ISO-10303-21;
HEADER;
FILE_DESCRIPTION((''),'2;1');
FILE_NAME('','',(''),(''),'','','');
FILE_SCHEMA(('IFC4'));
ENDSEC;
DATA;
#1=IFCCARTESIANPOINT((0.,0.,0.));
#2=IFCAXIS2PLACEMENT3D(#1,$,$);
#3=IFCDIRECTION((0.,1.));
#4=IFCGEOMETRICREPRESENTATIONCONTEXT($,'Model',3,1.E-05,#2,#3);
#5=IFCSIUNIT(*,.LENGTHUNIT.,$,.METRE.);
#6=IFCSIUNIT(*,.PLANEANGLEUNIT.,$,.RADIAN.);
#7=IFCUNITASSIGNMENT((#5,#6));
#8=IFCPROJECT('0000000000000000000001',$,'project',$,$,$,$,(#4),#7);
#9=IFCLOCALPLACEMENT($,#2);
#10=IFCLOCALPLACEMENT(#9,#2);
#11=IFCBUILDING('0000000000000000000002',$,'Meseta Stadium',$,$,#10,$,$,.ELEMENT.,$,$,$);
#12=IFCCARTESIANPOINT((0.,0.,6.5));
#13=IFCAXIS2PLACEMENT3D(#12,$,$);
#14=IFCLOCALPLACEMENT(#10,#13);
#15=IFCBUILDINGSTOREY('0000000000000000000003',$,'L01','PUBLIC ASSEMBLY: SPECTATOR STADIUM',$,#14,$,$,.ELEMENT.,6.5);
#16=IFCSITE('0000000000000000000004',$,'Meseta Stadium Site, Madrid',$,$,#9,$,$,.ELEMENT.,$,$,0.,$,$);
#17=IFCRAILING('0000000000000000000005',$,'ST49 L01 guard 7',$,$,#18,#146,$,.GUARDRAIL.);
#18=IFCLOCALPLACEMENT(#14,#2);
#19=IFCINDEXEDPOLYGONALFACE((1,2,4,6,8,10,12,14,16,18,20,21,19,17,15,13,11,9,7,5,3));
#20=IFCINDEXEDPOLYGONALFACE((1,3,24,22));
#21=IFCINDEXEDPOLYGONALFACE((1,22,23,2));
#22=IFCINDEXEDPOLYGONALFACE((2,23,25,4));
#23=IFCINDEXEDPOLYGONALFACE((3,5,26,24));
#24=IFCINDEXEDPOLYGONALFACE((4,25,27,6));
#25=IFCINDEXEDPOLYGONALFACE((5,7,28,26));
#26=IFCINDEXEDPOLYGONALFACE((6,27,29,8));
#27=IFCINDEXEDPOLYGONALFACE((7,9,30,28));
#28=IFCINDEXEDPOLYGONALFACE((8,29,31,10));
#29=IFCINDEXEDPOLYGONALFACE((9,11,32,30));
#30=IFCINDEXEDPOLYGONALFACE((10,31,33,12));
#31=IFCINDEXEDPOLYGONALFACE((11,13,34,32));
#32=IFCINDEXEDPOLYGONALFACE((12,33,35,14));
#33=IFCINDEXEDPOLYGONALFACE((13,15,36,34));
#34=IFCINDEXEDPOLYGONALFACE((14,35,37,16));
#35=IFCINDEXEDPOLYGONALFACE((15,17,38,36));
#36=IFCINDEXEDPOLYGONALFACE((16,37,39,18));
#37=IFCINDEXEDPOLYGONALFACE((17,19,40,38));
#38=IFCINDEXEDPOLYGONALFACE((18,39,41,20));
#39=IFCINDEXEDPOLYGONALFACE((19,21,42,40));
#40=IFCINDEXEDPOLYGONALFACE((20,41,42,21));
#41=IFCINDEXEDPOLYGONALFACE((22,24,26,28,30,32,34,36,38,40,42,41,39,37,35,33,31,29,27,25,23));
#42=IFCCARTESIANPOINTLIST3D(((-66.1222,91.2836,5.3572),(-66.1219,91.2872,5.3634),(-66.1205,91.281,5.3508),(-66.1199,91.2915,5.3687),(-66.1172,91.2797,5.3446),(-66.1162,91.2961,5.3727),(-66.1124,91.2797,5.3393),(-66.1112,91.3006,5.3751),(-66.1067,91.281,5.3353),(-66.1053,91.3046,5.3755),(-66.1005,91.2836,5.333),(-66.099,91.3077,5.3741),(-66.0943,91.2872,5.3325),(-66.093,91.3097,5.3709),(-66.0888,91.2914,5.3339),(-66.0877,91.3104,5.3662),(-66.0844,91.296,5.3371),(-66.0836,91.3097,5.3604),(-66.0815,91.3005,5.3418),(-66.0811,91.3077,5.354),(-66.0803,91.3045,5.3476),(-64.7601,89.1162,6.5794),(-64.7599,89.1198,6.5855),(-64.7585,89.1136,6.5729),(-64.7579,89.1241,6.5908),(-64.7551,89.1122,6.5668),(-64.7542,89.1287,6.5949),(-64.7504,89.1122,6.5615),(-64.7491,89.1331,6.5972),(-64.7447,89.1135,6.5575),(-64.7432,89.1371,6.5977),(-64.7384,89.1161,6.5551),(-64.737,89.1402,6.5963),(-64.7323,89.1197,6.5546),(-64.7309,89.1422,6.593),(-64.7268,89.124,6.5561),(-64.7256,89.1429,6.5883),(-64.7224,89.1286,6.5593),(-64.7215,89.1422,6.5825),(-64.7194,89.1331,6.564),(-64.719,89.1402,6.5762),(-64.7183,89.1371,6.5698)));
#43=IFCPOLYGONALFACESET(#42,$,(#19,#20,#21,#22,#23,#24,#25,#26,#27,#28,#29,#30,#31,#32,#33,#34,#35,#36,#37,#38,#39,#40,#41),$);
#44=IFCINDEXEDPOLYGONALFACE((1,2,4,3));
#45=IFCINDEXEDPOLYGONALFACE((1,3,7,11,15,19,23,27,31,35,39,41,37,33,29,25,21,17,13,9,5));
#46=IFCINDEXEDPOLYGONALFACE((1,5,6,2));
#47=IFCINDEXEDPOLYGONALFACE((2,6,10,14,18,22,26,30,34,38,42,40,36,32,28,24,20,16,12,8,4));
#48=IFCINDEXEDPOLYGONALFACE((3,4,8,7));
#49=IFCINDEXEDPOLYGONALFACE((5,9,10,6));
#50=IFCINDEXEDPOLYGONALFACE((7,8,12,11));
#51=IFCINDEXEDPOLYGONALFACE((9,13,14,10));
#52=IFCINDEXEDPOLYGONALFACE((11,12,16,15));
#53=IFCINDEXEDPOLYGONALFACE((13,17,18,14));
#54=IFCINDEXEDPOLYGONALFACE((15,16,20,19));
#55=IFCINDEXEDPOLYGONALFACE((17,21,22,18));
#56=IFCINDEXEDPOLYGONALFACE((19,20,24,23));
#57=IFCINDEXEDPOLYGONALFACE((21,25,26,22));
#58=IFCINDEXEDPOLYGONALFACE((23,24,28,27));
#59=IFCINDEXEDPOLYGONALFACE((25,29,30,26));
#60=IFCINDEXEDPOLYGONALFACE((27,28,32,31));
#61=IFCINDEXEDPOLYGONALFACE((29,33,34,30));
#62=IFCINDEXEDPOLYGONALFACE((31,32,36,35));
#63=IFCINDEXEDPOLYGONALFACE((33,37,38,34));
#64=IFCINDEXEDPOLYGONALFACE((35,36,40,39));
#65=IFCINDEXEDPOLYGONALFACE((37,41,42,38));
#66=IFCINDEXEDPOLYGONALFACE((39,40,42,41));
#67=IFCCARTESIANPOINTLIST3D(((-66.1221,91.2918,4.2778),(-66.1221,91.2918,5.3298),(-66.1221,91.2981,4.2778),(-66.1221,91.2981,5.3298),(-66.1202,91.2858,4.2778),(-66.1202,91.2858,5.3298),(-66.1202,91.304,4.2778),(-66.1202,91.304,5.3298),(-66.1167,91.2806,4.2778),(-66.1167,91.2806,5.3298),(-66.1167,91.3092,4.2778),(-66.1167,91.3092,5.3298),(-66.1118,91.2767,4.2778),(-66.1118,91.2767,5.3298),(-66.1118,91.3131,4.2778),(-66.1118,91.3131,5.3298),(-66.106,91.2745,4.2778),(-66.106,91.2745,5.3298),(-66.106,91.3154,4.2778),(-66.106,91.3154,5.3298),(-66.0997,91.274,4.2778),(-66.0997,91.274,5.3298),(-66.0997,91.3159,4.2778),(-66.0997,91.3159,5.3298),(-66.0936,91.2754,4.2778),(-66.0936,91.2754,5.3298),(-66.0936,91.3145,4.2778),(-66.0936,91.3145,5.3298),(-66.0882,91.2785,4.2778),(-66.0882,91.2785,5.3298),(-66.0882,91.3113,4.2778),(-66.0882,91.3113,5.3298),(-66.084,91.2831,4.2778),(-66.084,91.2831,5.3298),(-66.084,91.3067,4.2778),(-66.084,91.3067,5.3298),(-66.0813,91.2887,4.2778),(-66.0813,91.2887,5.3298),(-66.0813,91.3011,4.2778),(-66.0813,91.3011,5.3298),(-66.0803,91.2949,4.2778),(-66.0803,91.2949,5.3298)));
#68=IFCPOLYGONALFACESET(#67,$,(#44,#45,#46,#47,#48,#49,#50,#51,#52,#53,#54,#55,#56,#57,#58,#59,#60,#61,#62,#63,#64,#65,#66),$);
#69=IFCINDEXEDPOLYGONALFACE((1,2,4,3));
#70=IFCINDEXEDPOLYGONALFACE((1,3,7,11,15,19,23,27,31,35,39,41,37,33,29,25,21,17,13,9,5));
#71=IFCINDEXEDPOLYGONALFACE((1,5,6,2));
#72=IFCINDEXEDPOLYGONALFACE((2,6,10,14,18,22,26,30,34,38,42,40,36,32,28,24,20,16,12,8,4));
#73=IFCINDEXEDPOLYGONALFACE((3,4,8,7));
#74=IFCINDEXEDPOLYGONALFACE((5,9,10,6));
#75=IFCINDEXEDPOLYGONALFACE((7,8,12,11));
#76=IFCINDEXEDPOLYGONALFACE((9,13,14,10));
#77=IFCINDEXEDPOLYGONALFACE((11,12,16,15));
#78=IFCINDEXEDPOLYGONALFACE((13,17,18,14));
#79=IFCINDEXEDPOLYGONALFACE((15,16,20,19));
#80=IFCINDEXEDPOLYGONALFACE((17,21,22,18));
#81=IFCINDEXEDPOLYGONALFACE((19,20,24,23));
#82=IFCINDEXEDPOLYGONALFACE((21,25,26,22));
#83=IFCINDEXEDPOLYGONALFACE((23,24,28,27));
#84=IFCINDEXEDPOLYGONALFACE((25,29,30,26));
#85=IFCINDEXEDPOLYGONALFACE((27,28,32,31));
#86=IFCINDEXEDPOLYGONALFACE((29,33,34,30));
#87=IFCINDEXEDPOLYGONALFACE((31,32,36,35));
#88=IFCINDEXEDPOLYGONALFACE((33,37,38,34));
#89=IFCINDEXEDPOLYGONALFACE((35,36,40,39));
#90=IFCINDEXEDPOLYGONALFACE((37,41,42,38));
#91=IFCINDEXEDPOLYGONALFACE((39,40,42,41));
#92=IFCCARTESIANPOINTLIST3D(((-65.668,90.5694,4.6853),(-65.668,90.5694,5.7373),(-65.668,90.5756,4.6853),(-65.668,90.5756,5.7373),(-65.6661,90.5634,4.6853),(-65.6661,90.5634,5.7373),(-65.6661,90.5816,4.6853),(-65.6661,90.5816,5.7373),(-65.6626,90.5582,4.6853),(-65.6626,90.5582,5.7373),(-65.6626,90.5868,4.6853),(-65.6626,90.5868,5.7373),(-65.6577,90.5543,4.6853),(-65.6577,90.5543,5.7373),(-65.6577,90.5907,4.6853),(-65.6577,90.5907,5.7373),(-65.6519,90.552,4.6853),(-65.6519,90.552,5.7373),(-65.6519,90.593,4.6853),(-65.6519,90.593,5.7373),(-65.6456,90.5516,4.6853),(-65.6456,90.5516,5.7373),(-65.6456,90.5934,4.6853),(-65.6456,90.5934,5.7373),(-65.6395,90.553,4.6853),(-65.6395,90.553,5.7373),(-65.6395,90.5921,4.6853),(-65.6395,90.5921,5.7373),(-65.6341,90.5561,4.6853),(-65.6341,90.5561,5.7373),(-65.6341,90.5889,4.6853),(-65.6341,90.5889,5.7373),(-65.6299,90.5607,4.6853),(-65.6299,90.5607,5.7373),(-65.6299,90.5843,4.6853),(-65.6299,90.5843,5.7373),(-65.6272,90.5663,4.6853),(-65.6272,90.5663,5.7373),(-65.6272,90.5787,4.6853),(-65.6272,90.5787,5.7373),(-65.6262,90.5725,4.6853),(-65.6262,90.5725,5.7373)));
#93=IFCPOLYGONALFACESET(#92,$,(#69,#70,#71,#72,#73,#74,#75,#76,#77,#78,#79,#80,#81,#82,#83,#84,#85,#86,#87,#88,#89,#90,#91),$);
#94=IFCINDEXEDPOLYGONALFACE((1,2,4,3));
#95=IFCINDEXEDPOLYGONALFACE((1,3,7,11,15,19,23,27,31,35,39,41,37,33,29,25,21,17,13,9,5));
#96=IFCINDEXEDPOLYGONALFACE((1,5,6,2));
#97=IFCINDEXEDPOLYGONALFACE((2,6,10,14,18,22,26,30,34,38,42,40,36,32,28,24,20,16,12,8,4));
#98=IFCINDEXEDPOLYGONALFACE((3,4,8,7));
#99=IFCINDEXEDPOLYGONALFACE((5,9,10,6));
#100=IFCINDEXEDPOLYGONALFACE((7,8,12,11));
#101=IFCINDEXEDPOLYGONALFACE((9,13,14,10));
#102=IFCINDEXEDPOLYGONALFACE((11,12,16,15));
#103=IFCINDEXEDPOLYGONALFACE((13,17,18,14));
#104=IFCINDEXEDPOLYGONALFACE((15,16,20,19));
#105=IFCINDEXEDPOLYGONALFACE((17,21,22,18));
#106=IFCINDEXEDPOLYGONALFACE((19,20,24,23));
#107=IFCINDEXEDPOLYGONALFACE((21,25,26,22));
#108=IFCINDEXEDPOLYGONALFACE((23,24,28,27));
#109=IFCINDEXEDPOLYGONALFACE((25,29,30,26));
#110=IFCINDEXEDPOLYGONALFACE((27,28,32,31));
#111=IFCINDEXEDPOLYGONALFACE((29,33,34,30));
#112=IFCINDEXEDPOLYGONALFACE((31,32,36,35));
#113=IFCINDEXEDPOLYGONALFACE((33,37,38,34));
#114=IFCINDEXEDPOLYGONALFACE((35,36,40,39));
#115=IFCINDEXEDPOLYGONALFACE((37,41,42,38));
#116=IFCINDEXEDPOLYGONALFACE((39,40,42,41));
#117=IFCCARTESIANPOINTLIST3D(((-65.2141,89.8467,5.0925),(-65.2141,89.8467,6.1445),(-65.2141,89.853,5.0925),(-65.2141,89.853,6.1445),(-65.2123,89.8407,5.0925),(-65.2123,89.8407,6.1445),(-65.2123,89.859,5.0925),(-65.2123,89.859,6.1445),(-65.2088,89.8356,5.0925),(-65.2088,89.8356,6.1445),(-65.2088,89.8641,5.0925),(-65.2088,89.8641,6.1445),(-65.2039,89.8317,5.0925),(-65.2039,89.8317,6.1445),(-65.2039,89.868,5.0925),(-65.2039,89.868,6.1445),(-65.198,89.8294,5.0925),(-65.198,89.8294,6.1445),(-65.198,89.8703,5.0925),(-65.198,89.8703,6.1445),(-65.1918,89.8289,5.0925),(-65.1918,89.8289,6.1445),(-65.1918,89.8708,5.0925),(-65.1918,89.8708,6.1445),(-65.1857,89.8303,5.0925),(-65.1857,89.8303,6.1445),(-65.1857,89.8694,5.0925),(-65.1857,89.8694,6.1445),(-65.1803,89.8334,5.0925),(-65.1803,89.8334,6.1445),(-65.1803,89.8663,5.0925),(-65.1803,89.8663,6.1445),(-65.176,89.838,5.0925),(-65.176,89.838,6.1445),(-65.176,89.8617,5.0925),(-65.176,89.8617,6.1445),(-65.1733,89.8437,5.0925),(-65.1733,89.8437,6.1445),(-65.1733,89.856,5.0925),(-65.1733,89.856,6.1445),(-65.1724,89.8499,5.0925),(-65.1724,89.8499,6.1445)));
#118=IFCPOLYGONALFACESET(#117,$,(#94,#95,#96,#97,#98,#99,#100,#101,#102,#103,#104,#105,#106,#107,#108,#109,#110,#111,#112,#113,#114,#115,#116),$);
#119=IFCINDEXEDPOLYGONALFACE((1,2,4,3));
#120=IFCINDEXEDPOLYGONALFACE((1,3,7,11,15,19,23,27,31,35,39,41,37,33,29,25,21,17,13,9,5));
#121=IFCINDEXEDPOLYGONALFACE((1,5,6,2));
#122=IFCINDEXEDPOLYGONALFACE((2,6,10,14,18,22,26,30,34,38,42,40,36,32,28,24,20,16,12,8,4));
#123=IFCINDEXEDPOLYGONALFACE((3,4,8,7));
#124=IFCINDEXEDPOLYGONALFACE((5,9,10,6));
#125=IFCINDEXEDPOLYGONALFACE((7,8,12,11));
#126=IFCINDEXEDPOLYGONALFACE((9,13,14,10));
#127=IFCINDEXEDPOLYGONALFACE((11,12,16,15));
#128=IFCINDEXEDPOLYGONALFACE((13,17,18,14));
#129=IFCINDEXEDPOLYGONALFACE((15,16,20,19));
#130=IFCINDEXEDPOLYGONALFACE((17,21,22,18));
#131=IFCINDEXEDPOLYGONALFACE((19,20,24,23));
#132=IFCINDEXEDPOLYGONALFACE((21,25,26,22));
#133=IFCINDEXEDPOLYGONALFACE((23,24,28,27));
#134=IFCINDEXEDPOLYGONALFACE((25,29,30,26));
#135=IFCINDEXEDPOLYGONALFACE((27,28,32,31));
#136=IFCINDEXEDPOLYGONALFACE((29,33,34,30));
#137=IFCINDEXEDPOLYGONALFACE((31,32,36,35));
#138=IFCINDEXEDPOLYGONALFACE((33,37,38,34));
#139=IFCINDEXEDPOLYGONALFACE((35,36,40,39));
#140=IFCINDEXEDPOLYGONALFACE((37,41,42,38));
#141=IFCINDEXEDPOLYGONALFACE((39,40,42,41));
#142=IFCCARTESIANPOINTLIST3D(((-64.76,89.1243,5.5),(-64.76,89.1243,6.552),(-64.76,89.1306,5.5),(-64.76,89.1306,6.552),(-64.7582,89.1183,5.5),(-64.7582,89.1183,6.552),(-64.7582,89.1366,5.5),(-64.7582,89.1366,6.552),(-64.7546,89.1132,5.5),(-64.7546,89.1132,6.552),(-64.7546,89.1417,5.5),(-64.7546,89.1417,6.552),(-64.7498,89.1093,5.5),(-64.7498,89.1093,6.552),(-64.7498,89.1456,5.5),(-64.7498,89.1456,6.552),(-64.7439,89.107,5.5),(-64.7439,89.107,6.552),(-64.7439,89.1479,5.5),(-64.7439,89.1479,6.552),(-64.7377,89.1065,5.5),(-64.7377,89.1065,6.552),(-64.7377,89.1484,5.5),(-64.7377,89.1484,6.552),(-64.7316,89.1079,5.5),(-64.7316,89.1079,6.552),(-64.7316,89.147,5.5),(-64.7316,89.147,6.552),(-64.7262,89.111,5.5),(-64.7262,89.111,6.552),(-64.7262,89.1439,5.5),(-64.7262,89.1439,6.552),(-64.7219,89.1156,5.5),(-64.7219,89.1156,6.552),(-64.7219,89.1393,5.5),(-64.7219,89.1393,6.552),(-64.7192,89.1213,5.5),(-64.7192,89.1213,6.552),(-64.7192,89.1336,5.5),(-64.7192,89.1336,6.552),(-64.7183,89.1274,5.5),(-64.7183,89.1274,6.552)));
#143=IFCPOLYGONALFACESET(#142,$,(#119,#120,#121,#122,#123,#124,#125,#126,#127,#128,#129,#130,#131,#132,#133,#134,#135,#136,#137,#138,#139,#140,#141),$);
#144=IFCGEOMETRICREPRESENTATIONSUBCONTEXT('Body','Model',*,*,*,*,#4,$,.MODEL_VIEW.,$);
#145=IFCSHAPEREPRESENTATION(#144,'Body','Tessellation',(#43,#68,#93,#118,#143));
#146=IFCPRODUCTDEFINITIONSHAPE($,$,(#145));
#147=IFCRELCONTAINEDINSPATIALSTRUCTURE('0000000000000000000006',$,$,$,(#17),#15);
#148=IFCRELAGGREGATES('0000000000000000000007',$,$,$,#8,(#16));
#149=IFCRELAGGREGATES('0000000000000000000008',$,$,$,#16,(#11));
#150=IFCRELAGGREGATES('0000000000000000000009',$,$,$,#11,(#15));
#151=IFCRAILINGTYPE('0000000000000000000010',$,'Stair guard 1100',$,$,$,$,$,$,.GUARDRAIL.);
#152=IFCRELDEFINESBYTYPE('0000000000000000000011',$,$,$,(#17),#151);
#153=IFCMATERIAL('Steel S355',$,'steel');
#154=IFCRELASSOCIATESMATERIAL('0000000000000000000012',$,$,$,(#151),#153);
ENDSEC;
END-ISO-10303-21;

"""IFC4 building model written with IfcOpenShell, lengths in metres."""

from ifc_helpers import new_model, si_unit, direction, frame, origin, origin_2d, place, context, subcontext, project, spatial, circle, extrude, material, type_object, element, save


model = new_model("IFC4")

# Units and contexts
model_context = context("Model", 3, precision=1e-05, world=origin(), true_north=direction((0.0, 1.0)))
body_context = subcontext(model_context, "Body", "Model", "MODEL_VIEW")
ifc_project = project(units=[si_unit("LENGTHUNIT", "METRE"), si_unit("PLANEANGLEUNIT", "RADIAN")], contexts=[model_context])

# Site, building, storey
site_placement = place(None, origin())
site = spatial("IfcSite", under=ifc_project, at=site_placement, Name="Meseta Stadium Site, Madrid", CompositionType="ELEMENT", RefElevation=0.0)
building_placement = place(site_placement, origin())
building = spatial("IfcBuilding", under=site, at=building_placement, Name="Meseta Stadium", CompositionType="ELEMENT")
storey_placement = place(building_placement, frame((0.0, 0.0, 6.5)))
storey = spatial("IfcBuildingStorey", under=building, at=storey_placement, Name="L01", Description="PUBLIC ASSEMBLY: SPECTATOR STADIUM", CompositionType="ELEMENT", Elevation=6.5)

# Railing
ifc_material_1 = material(Name="Steel S355", Category="steel")
railing_type_1 = type_object("IfcRailingType", Name="Stair guard 1100", PredefinedType="GUARDRAIL", material=ifc_material_1)
railing_1_placement = place(storey_placement, frame((-66.1013, 91.2949, 4.2778)))
element("IfcRailing", 1, at=railing_1_placement, inside=storey, type_object=railing_type_1, Name="ST49 L01 guard 7", PredefinedType="GUARDRAIL", context=body_context, shape_type="SweptSolid", body=[
    extrude(circle(Radius=0.0239, at=origin_2d()), frame((0.0, 0.0, 1.0762), z_axis=(0.480156, -0.764085, 0.430841), x_axis=(0.846699, 0.532072, 0.0)), (0.0, 0.0, 1.0), 2.8367),
    extrude(circle(Radius=0.021, at=origin_2d()), origin(), (0.0, 0.0, 1.0), 1.052),
    extrude(circle(Radius=0.021, at=origin_2d()), frame((0.4541, -0.7224, 0.4075)), (0.0, 0.0, 1.0), 1.052),
    extrude(circle(Radius=0.021, at=origin_2d()), frame((0.908, -1.4451, 0.8147)), (0.0, 0.0, 1.0), 1.052),
    extrude(circle(Radius=0.021, at=origin_2d()), frame((1.3621, -2.1675, 1.2222)), (0.0, 0.0, 1.0), 1.052),
])

save(model, "model.ifc")
